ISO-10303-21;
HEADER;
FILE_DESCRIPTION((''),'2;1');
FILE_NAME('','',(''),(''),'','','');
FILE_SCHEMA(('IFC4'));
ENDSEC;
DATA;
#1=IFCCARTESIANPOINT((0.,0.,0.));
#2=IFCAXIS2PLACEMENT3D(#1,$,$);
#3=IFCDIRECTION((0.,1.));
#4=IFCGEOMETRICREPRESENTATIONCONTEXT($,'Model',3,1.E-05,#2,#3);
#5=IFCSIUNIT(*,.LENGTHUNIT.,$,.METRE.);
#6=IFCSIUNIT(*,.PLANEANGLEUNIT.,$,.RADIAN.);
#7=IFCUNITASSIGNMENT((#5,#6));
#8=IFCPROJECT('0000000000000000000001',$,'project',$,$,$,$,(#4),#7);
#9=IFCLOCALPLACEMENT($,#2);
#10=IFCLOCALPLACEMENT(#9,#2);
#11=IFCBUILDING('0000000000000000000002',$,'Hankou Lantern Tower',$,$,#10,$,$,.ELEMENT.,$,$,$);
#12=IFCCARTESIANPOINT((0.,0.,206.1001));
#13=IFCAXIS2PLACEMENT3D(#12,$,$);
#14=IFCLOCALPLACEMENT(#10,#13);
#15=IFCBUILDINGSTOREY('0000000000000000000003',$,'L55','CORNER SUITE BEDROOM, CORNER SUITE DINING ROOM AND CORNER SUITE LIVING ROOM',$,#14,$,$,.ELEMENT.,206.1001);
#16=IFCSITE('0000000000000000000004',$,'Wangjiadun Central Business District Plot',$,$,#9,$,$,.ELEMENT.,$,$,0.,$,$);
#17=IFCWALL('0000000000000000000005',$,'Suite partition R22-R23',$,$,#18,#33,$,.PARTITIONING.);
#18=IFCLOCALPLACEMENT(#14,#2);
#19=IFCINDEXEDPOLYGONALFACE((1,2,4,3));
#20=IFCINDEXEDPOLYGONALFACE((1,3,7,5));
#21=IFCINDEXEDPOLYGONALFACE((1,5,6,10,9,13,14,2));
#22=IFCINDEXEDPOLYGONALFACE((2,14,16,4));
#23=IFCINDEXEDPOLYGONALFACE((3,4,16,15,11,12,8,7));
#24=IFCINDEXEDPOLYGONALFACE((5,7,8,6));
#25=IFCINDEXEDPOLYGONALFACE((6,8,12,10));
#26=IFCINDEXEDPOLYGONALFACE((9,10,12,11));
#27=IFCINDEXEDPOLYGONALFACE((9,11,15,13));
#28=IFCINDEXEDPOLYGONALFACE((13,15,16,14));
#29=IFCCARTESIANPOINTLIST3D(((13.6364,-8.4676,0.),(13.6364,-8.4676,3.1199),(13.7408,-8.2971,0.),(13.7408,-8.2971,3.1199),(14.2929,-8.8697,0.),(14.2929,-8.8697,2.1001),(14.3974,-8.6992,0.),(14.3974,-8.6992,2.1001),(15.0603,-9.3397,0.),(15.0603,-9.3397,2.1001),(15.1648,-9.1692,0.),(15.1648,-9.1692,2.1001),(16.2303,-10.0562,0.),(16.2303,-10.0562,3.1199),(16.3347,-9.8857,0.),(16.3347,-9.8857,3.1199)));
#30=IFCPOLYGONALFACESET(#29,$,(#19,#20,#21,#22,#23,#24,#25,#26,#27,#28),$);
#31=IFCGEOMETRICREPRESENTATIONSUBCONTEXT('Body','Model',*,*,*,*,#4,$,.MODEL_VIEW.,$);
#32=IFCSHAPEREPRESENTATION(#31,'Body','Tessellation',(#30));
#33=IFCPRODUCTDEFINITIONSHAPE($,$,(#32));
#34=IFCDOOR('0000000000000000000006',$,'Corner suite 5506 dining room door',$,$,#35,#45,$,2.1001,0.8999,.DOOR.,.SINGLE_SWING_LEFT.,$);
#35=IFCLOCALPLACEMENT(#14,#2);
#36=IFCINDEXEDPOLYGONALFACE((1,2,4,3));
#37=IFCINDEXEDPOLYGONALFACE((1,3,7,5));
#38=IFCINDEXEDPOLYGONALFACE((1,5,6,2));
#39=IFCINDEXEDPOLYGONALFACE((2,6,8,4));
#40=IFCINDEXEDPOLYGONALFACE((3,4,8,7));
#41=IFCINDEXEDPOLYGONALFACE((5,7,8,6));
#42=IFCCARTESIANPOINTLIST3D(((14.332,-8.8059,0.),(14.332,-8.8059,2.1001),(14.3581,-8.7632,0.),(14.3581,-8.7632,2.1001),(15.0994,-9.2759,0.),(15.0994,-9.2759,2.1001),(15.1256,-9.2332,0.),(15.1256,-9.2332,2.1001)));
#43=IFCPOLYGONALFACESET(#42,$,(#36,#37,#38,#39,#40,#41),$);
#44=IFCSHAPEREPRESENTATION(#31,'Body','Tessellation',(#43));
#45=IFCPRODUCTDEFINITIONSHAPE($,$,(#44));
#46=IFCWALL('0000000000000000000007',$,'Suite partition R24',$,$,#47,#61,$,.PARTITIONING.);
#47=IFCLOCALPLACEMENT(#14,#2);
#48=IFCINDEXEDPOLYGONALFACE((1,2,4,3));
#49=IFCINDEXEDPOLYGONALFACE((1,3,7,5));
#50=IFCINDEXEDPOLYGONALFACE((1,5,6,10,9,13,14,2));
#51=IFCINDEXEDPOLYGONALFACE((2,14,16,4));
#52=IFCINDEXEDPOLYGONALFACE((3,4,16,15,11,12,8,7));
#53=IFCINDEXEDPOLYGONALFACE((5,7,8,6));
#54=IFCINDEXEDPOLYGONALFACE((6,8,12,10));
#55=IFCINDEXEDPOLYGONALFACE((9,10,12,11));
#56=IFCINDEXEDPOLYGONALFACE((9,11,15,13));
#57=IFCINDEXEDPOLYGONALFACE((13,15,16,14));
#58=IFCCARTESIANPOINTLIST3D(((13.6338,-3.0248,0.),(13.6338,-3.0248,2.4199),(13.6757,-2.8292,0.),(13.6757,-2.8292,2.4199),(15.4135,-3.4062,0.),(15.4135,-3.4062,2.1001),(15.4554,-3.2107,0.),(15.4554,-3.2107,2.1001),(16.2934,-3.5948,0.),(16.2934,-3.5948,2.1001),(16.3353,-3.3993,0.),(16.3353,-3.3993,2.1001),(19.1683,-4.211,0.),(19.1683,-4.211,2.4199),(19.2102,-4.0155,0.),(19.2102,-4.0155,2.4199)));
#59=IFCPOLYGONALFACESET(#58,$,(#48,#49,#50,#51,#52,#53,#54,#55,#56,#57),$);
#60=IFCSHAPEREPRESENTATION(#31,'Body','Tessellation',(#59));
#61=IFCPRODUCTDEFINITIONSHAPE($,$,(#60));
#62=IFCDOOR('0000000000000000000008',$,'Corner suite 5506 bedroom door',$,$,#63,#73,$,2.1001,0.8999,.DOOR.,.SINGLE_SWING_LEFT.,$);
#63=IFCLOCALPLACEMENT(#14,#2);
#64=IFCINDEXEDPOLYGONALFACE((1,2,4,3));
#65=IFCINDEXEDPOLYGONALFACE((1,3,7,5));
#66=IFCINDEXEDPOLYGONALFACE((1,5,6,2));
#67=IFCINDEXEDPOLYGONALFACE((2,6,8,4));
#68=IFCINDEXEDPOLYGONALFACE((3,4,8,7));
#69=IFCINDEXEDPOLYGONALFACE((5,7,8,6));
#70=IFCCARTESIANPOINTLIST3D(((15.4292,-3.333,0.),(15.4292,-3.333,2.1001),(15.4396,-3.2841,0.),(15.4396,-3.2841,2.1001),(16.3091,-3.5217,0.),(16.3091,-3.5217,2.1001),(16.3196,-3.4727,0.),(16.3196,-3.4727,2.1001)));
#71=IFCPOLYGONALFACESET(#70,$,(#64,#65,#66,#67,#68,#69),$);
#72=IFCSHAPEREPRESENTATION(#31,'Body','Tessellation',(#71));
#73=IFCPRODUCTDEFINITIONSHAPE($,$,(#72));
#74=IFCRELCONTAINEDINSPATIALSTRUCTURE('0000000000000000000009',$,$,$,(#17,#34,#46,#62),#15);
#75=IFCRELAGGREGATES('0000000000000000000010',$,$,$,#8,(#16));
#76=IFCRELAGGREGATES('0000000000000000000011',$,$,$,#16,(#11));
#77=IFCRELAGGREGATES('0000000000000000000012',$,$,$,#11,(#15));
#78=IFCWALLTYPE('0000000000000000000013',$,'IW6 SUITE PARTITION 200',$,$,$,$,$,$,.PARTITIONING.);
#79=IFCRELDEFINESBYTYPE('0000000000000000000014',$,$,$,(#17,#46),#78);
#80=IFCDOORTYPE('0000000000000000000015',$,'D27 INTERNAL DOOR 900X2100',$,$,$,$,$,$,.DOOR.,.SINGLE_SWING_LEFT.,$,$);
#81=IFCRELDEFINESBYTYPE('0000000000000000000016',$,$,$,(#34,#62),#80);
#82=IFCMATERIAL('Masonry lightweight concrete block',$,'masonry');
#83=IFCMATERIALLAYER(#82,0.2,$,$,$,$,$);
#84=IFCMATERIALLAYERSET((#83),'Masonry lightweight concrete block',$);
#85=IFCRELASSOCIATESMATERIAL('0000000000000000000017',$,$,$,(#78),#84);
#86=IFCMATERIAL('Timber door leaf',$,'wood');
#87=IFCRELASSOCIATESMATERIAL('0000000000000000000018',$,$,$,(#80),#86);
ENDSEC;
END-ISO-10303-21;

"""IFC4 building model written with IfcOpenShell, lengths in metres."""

from ifc_helpers import new_model, si_unit, direction, frame, frame_2d, origin, place, context, subcontext, project, spatial, rectangle, extrude, material, layer, layer_set, type_object, element, fill, save


model = new_model("IFC4")

# Units and contexts
model_context = context("Model", 3, precision=1e-05, world=origin(), true_north=direction((0.0, 1.0)))
body_context = subcontext(model_context, "Body", "Model", "MODEL_VIEW")
ifc_project = project(units=[si_unit("LENGTHUNIT", "METRE"), si_unit("PLANEANGLEUNIT", "RADIAN")], contexts=[model_context])

# Site, building, storey
site_placement = place(None, origin())
site = spatial("IfcSite", under=ifc_project, at=site_placement, Name="Wangjiadun Central Business District Plot", CompositionType="ELEMENT", RefElevation=0.0)
building_placement = place(site_placement, origin())
building = spatial("IfcBuilding", under=site, at=building_placement, Name="Hankou Lantern Tower", CompositionType="ELEMENT")
storey_placement = place(building_placement, frame((0.0, 0.0, 206.1001)))
storey = spatial("IfcBuildingStorey", under=building, at=storey_placement, Name="L55", Description="CORNER SUITE BEDROOM, CORNER SUITE DINING ROOM AND CORNER SUITE LIVING ROOM", CompositionType="ELEMENT", Elevation=206.1001)

# Walls, openings, doors
ifc_material_1 = material(Name="Masonry lightweight concrete block", Category="masonry")
ifc_layer_1 = layer(ifc_material_1, 0.2)
ifc_layer_set_1 = layer_set([ifc_layer_1], Name="Masonry lightweight concrete block")
wall_type_1 = type_object("IfcWallType", Name="IW6 SUITE PARTITION 200", PredefinedType="PARTITIONING", material=ifc_layer_set_1)
wall_1_placement = place(storey_placement, frame((13.6885, -8.3823, 0.0), z_axis=(0.0, 0.0, 1.0), x_axis=(0.852783, -0.522265, 0.0)))
wall_1 = element("IfcWall", 1, at=wall_1_placement, inside=storey, type_object=wall_type_1, Name="Suite partition R22-R23", PredefinedType="PARTITIONING", context=body_context, shape_type="SweptSolid", body=[
    extrude(rectangle(XDim=3.0417, YDim=0.2, at=frame_2d((1.521, 0.0))), origin(), (0.0, 0.0, 1.0), 3.1199),
])
opening_1_placement = place(wall_1_placement, frame((0.77, 0.0, 0.0)))
opening_1 = element("IfcOpeningElement", 2, at=opening_1_placement, cuts=wall_1, PredefinedType="OPENING", context=body_context, shape_type="SweptSolid", body=[
    extrude(rectangle(XDim=0.8999, YDim=2.1001, at=frame_2d((0.45, 1.05))), frame((0.0, 0.1099, 0.0), z_axis=(0.0, -1.0, 0.0), x_axis=(1.0, 0.0, 0.0)), (0.0, 0.0, 1.0), 0.22),
])
ifc_material_2 = material(Name="Timber door leaf", Category="wood")
door_type_1 = type_object("IfcDoorType", Name="D27 INTERNAL DOOR 900X2100", OperationType="SINGLE_SWING_LEFT", PredefinedType="DOOR", material=ifc_material_2)
door_1_placement = place(opening_1_placement, origin())
door_1 = element("IfcDoor", 3, at=door_1_placement, inside=storey, type_object=door_type_1, Name="Corner suite 5506 dining room door", OperationType="SINGLE_SWING_LEFT", OverallHeight=2.1001, OverallWidth=0.8999, PredefinedType="DOOR", context=body_context, shape_type="SweptSolid", body=[
    extrude(rectangle(XDim=0.8999, YDim=2.1001, at=frame_2d((0.45, 1.05))), frame((0.0, 0.0249, 0.0), z_axis=(0.0, -1.0, 0.0), x_axis=(1.0, 0.0, 0.0)), (0.0, 0.0, 1.0), 0.05),
])
fill(opening_1, door_1)
wall_2_placement = place(storey_placement, frame((13.6548, -2.927, 0.0), z_axis=(0.0, 0.0, 1.0), x_axis=(0.97779, -0.209585, 0.0)))
wall_2 = element("IfcWall", 4, at=wall_2_placement, inside=storey, type_object=wall_type_1, Name="Suite partition R24", PredefinedType="PARTITIONING", context=body_context, shape_type="SweptSolid", body=[
    extrude(rectangle(XDim=5.6602, YDim=0.2, at=frame_2d((2.8301, 0.0))), origin(), (0.0, 0.0, 1.0), 2.4199),
])
opening_2_placement = place(wall_2_placement, frame((1.8201, 0.0, 0.0)))
opening_2 = element("IfcOpeningElement", 5, at=opening_2_placement, cuts=wall_2, PredefinedType="OPENING", context=body_context, shape_type="SweptSolid", body=[
    extrude(rectangle(XDim=0.8999, YDim=2.1001, at=frame_2d((0.45, 1.05))), frame((0.0, 0.1099, 0.0), z_axis=(0.0, -1.0, 0.0), x_axis=(1.0, 0.0, 0.0)), (0.0, 0.0, 1.0), 0.22),
])
door_2_placement = place(opening_2_placement, origin())
door_2 = element("IfcDoor", 6, at=door_2_placement, inside=storey, type_object=door_type_1, Name="Corner suite 5506 bedroom door", OperationType="SINGLE_SWING_LEFT", OverallHeight=2.1001, OverallWidth=0.8999, PredefinedType="DOOR", context=body_context, shape_type="SweptSolid", body=[
    extrude(rectangle(XDim=0.8999, YDim=2.1001, at=frame_2d((0.45, 1.05))), frame((0.0, 0.0249, 0.0), z_axis=(0.0, -1.0, 0.0), x_axis=(1.0, 0.0, 0.0)), (0.0, 0.0, 1.0), 0.05),
])
fill(opening_2, door_2)

save(model, "model.ifc")
